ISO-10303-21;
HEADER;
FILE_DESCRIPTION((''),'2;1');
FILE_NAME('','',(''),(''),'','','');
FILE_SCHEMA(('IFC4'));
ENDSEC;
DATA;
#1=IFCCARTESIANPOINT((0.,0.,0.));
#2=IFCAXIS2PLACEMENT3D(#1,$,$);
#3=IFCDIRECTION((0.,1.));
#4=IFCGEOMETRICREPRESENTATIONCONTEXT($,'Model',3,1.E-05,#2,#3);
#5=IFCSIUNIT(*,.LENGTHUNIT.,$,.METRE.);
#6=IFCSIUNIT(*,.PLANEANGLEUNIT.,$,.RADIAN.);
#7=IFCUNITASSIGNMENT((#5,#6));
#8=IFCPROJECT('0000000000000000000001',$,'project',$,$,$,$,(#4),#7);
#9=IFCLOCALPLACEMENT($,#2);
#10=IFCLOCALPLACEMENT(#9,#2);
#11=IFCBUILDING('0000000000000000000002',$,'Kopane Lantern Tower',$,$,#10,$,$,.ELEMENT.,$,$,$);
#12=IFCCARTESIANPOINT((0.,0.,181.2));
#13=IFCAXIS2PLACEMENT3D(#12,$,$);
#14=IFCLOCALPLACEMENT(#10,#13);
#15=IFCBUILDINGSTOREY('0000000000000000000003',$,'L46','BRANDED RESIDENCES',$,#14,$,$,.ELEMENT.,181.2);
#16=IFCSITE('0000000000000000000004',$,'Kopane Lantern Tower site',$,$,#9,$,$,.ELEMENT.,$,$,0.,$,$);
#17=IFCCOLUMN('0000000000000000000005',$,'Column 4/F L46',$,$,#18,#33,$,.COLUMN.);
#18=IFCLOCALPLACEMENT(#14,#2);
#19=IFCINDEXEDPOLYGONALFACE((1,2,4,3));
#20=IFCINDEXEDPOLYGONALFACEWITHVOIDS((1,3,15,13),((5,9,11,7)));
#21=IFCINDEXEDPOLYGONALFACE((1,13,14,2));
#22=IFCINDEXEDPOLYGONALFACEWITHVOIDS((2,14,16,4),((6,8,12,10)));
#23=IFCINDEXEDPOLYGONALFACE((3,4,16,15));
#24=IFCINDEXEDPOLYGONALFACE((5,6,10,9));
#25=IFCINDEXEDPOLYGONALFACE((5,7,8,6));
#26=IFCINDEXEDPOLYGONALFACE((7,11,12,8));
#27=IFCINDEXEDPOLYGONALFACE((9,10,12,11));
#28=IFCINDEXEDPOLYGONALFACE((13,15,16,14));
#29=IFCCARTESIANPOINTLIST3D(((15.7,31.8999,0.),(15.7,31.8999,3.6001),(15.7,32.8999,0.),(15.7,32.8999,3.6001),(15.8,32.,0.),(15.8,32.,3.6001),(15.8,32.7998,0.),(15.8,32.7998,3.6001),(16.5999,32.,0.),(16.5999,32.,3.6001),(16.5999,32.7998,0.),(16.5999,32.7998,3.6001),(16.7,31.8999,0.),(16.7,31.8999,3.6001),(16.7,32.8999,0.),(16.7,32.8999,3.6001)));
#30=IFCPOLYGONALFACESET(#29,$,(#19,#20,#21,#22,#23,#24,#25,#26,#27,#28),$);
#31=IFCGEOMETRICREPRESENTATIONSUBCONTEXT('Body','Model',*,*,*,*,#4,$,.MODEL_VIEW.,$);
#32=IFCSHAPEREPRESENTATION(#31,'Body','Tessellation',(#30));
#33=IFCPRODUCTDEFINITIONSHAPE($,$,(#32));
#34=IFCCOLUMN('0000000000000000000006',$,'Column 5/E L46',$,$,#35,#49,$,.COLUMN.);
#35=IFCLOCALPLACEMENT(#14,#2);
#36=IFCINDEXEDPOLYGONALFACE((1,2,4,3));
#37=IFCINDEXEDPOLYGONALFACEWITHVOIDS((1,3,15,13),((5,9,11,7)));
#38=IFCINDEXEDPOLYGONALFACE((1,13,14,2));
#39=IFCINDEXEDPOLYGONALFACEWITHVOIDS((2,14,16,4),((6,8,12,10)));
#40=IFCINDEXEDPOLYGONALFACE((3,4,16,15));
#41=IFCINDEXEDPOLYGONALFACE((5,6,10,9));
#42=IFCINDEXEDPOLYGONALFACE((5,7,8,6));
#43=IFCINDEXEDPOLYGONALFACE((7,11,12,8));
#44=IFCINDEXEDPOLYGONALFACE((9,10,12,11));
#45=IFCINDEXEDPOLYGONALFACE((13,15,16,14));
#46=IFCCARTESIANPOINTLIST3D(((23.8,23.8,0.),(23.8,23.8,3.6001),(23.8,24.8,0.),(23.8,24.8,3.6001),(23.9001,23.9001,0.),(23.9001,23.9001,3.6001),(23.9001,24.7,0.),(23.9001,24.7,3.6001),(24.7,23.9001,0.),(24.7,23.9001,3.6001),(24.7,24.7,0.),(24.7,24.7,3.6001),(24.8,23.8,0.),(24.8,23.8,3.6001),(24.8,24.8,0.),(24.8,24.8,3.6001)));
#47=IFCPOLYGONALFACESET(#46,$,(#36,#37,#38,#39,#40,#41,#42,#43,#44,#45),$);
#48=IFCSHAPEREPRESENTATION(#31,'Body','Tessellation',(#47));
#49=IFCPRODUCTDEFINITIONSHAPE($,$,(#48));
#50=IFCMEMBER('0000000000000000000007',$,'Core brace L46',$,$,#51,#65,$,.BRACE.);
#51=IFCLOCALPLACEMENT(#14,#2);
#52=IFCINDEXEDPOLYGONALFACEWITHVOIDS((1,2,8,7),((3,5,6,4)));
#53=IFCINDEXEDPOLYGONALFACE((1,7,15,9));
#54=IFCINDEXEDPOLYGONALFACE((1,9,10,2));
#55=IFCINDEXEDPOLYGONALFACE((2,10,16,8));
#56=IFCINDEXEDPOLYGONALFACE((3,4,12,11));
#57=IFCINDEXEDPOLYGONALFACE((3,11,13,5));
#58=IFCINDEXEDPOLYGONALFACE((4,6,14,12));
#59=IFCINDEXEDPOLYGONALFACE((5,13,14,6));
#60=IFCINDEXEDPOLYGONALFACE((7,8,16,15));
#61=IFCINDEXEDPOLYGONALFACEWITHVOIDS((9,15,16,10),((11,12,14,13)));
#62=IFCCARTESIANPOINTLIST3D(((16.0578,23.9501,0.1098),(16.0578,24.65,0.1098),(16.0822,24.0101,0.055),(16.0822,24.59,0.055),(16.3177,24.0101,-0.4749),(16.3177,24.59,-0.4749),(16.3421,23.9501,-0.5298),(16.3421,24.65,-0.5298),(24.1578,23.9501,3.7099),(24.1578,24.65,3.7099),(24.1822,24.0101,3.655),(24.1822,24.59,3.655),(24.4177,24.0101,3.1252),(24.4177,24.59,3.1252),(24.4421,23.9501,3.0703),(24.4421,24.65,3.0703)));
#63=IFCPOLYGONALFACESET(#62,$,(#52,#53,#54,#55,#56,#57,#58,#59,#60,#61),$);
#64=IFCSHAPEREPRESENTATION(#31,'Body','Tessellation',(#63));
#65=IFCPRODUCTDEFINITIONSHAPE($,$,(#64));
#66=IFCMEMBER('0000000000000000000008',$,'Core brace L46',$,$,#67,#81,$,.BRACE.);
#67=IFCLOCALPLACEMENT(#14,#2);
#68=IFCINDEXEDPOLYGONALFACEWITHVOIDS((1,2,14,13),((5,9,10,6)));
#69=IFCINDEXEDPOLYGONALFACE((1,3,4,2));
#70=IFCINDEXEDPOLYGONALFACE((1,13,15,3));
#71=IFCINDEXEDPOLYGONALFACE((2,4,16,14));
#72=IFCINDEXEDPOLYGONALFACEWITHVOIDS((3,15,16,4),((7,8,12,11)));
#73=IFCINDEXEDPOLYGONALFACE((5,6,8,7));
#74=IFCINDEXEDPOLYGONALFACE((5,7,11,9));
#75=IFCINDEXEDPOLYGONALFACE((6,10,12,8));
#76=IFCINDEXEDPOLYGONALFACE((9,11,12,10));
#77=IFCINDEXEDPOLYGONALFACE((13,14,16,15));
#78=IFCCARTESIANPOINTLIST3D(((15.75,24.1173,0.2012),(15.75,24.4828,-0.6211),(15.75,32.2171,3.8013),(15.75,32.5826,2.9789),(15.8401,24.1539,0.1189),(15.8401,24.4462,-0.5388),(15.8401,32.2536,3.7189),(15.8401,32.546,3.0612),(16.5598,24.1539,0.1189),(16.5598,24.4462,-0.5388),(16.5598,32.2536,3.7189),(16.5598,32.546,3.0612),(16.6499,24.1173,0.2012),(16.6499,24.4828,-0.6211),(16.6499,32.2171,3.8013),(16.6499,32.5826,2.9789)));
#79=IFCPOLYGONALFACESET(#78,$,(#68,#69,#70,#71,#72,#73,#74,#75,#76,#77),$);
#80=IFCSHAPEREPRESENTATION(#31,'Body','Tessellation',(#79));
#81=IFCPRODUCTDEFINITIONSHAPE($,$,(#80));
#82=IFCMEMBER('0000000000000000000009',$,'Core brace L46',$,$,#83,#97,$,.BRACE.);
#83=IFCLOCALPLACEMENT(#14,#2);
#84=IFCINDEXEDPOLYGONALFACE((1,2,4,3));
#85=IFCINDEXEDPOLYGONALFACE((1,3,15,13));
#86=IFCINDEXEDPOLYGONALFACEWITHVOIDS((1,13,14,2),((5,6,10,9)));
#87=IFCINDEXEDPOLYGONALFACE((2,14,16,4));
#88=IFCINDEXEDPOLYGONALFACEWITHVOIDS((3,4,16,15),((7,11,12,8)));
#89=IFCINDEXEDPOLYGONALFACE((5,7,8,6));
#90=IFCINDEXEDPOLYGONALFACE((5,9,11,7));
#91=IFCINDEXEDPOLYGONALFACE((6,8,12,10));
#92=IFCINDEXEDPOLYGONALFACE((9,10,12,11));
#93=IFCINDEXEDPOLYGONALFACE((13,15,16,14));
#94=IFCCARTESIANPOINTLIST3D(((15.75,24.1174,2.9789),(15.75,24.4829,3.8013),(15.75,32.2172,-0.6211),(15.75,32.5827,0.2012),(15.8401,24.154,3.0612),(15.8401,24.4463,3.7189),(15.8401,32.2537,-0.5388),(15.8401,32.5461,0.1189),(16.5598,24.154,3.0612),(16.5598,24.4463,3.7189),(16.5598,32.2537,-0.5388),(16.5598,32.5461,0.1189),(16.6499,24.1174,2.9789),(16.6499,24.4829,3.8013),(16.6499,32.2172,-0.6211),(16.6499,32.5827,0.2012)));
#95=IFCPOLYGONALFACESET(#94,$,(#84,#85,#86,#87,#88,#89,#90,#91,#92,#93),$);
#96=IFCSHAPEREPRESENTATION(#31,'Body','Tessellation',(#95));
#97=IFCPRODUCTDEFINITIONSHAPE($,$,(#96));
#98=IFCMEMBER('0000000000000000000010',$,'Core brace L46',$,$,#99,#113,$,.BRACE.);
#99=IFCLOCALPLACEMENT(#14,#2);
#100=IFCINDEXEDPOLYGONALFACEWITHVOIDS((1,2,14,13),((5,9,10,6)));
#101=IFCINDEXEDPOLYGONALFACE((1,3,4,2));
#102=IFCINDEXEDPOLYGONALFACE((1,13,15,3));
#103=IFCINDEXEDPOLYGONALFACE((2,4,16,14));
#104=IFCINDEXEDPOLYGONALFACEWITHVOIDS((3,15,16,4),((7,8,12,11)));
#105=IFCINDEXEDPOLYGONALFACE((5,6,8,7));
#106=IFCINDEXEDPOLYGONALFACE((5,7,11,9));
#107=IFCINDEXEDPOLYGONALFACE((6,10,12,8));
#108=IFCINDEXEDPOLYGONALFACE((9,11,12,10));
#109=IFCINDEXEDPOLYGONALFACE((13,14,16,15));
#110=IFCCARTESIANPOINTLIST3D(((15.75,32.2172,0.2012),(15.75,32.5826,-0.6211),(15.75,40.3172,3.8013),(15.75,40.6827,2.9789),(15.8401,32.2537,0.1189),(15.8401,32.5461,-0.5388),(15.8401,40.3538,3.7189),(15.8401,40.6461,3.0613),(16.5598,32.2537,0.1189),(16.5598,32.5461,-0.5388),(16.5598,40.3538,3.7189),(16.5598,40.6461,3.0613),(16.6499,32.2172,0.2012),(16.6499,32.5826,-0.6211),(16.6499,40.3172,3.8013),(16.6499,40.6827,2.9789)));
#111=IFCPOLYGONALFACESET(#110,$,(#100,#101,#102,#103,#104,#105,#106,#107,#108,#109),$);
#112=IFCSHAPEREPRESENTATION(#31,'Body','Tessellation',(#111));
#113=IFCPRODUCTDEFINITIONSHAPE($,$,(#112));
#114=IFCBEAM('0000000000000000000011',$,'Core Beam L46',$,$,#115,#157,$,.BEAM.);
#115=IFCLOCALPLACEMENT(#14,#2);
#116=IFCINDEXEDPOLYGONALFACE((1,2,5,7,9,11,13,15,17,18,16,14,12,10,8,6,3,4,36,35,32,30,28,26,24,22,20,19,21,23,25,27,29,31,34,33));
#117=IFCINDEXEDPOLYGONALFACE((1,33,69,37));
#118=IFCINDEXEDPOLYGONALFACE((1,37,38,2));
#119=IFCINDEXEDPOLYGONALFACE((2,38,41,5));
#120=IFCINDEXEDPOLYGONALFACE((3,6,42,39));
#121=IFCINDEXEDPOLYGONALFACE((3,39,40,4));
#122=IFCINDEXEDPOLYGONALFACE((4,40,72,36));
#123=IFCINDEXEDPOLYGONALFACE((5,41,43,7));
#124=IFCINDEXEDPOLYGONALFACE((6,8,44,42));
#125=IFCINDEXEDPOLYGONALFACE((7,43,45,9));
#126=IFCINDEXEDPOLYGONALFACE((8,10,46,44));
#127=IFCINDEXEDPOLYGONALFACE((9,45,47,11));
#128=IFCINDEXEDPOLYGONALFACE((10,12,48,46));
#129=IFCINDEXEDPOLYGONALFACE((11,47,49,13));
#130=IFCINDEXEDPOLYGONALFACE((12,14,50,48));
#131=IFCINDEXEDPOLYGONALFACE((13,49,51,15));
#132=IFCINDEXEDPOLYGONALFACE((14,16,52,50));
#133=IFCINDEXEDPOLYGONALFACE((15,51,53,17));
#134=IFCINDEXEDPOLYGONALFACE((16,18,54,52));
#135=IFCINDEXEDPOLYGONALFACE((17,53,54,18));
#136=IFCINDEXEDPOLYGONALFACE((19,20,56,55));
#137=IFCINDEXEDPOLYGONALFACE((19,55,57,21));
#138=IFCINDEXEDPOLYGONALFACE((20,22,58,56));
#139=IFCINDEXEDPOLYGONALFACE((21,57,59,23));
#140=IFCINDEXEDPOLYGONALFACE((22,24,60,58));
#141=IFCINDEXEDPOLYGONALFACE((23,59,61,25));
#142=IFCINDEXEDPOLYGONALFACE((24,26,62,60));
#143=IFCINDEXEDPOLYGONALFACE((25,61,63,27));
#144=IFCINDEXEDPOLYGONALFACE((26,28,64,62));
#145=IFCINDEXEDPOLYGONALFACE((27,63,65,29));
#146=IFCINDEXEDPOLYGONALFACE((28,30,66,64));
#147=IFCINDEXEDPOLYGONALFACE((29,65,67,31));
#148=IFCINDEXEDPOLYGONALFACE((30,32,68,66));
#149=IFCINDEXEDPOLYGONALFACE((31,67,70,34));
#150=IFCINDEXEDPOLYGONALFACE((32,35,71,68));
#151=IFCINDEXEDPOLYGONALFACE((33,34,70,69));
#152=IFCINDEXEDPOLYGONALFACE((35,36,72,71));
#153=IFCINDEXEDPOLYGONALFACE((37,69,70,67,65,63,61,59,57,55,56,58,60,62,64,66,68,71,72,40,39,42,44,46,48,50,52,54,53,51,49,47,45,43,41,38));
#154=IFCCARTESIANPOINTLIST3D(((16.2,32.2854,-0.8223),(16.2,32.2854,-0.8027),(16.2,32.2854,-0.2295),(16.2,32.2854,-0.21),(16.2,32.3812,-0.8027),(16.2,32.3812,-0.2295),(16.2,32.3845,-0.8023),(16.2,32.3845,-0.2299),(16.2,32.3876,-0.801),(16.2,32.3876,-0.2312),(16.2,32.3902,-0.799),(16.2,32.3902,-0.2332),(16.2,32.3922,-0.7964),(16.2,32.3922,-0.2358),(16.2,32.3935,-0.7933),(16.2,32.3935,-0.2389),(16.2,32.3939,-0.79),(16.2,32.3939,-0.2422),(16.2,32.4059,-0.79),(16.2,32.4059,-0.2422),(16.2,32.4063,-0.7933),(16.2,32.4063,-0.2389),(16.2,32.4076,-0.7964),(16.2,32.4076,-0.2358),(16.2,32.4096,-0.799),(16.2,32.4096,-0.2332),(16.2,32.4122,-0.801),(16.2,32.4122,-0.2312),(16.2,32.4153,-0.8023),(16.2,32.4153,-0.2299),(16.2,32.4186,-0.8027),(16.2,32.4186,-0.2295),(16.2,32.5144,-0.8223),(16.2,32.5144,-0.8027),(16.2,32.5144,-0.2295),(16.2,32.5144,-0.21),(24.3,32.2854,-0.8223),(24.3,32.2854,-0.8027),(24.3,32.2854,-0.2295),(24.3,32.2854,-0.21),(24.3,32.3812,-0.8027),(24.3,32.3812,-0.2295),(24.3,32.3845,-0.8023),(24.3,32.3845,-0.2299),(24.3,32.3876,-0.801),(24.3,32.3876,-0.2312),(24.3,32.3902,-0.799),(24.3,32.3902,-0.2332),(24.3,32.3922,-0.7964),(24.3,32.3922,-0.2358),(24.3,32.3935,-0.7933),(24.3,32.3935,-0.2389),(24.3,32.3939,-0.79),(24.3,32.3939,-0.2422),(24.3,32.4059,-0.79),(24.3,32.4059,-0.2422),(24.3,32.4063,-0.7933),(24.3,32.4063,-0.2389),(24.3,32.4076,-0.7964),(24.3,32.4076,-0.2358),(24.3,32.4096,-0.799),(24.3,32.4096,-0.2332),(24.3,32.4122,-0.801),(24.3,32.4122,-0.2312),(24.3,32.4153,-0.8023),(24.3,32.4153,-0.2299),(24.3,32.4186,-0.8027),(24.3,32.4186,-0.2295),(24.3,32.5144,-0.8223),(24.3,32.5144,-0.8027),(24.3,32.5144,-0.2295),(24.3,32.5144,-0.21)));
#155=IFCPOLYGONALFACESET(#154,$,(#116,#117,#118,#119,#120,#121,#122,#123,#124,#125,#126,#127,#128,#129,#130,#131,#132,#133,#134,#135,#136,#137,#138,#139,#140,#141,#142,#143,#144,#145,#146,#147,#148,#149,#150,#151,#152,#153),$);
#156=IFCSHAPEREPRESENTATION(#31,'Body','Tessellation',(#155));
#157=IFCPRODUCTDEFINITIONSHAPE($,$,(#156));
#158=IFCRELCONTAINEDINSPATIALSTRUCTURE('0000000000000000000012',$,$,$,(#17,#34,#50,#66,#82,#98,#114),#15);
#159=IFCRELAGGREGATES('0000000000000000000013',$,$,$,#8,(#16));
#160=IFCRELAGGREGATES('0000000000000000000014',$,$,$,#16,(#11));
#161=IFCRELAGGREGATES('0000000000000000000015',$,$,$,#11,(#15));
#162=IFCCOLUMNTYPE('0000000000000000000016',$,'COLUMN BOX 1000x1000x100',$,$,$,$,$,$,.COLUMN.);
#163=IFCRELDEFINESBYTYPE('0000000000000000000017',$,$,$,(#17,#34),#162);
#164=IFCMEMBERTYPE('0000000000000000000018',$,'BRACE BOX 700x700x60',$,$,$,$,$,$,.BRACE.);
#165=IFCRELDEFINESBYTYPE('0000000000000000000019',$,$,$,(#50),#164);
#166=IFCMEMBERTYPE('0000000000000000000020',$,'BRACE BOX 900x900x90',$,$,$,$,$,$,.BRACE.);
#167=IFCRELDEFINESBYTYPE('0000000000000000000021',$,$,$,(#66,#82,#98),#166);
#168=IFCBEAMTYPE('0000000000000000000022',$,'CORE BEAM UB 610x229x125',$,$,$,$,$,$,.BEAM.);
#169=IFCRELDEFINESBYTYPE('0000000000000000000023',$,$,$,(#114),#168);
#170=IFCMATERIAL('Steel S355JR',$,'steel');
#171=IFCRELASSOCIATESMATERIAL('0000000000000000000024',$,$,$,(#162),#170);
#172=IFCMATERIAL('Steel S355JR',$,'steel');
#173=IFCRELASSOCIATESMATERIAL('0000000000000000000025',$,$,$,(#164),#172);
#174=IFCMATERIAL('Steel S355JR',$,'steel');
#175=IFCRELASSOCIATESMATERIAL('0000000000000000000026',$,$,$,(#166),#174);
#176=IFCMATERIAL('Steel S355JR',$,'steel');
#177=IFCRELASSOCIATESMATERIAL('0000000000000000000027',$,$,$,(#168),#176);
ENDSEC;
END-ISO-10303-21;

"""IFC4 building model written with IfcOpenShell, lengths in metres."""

from ifc_helpers import new_model, si_unit, direction, frame, origin, origin_2d, place, context, subcontext, project, spatial, hollow_rectangle, i_section, extrude, material, material_profile, profile_set, type_object, element, save


model = new_model("IFC4")

# Units and contexts
model_context = context("Model", 3, precision=1e-05, world=origin(), true_north=direction((0.0, 1.0)))
body_context = subcontext(model_context, "Body", "Model", "MODEL_VIEW")
ifc_project = project(units=[si_unit("LENGTHUNIT", "METRE"), si_unit("PLANEANGLEUNIT", "RADIAN")], contexts=[model_context])

# Site, building, storey
site_placement = place(None, origin())
site = spatial("IfcSite", under=ifc_project, at=site_placement, Name="Kopane Lantern Tower site", CompositionType="ELEMENT", RefElevation=0.0)
building_placement = place(site_placement, origin())
building = spatial("IfcBuilding", under=site, at=building_placement, Name="Kopane Lantern Tower", CompositionType="ELEMENT")
storey_placement = place(building_placement, frame((0.0, 0.0, 181.2)))
storey = spatial("IfcBuildingStorey", under=building, at=storey_placement, Name="L46", Description="BRANDED RESIDENCES", CompositionType="ELEMENT", Elevation=181.2)

# Columns
ifc_material_1 = material(Name="Steel S355JR", Category="steel")
ifc_material_profile_1 = material_profile(ifc_material_1, hollow_rectangle(XDim=1.0, YDim=1.0, WallThickness=0.1001, at=origin_2d()), Name="BOX 1000x1000x100")
ifc_profile_set_1 = profile_set([ifc_material_profile_1], Name="Steel S355JR")
column_type = type_object("IfcColumnType", Name="COLUMN BOX 1000x1000x100", PredefinedType="COLUMN", material=ifc_profile_set_1)
for number, where, z_axis, x_axis, name in (
    (1, (16.2, 32.3999, 0.0), (0.0, 0.0, 1.0), (1.0, 0.0, 0.0), "Column 4/F L46"),
    (2, (24.3, 24.3, 0.0), (0.0, 0.0, 1.0), (1.0, 0.0, 0.0), "Column 5/E L46"),
):
    element("IfcColumn", number, at=place(storey_placement, frame(where, z_axis=z_axis, x_axis=x_axis)), inside=storey, type_object=column_type, Name=name, PredefinedType="COLUMN", context=body_context, shape_type="SweptSolid", body=[
        extrude(hollow_rectangle(XDim=1.0, YDim=1.0, WallThickness=0.1001, at=origin_2d()), origin(), (0.0, 0.0, 1.0), 3.6001),
    ])

# Members
ifc_material_2 = material(Name="Steel S355JR", Category="steel")
ifc_material_profile_2 = material_profile(ifc_material_2, hollow_rectangle(XDim=0.7, YDim=0.7, WallThickness=0.0601, at=origin_2d()), Name="BOX 700x700x60")
ifc_profile_set_2 = profile_set([ifc_material_profile_2], Name="Steel S355JR")
member_type_1 = type_object("IfcMemberType", Name="BRACE BOX 700x700x60", PredefinedType="BRACE", material=ifc_profile_set_2)
member_1_placement = place(storey_placement, frame((16.2, 24.3, -0.21), z_axis=(0.913809, 0.0, 0.406144), x_axis=(0.0, 1.0, 0.0)))
element("IfcMember", 3, at=member_1_placement, inside=storey, type_object=member_type_1, Name="Core brace L46", PredefinedType="BRACE", context=body_context, shape_type="SweptSolid", body=[
    extrude(hollow_rectangle(XDim=0.7, YDim=0.7, WallThickness=0.0601, at=origin_2d()), origin(), (0.0, 0.0, 1.0), 8.864),
])
ifc_material_3 = material(Name="Steel S355JR", Category="steel")
ifc_material_profile_3 = material_profile(ifc_material_3, hollow_rectangle(XDim=0.8999, YDim=0.8999, WallThickness=0.0901, at=origin_2d()), Name="BOX 900x900x90")
ifc_profile_set_3 = profile_set([ifc_material_profile_3], Name="Steel S355JR")
member_type_2 = type_object("IfcMemberType", Name="BRACE BOX 900x900x90", PredefinedType="BRACE", material=ifc_profile_set_3)
for number, where, z_axis, x_axis, name in (
    (4, (16.2, 24.3, -0.21), (0.0, 0.913805, 0.406154), (-1.0, 0.0, 0.0), "Core brace L46"),
    (5, (16.2, 32.3999, -0.21), (0.0, -0.913805, 0.406154), (1.0, 0.0, 0.0), "Core brace L46"),
):
    element("IfcMember", number, at=place(storey_placement, frame(where, z_axis=z_axis, x_axis=x_axis)), inside=storey, type_object=member_type_2, Name=name, PredefinedType="BRACE", context=body_context, shape_type="SweptSolid", body=[
        extrude(hollow_rectangle(XDim=0.8999, YDim=0.8999, WallThickness=0.0901, at=origin_2d()), origin(), (0.0, 0.0, 1.0), 8.8638),
    ])
member_2_placement = place(storey_placement, frame((16.2, 32.3999, -0.21), z_axis=(0.0, 0.913809, 0.406144), x_axis=(-1.0, 0.0, 0.0)))
element("IfcMember", 6, at=member_2_placement, inside=storey, type_object=member_type_2, Name="Core brace L46", PredefinedType="BRACE", context=body_context, shape_type="SweptSolid", body=[
    extrude(hollow_rectangle(XDim=0.8999, YDim=0.8999, WallThickness=0.0901, at=origin_2d()), origin(), (0.0, 0.0, 1.0), 8.864),
])

# Beam
ifc_material_4 = material(Name="Steel S355JR", Category="steel")
ifc_material_profile_4 = material_profile(ifc_material_4, i_section(OverallWidth=0.229, OverallDepth=0.6123, WebThickness=0.012, FlangeThickness=0.0195, FilletRadius=0.0127, at=origin_2d()), Name="UB 610x229x125")
ifc_profile_set_4 = profile_set([ifc_material_profile_4], Name="Steel S355JR")
beam_type_1 = type_object("IfcBeamType", Name="CORE BEAM UB 610x229x125", PredefinedType="BEAM", material=ifc_profile_set_4)
beam_1_placement = place(storey_placement, frame((16.2, 32.3999, -0.5161), z_axis=(1.0, 0.0, 0.0), x_axis=(0.0, 1.0, 0.0)))
element("IfcBeam", 7, at=beam_1_placement, inside=storey, type_object=beam_type_1, Name="Core Beam L46", PredefinedType="BEAM", context=body_context, shape_type="SweptSolid", body=[
    extrude(i_section(OverallWidth=0.229, OverallDepth=0.6123, WebThickness=0.012, FlangeThickness=0.0195, FilletRadius=0.0127, at=origin_2d()), origin(), (0.0, 0.0, 1.0), 8.1001),
])

save(model, "model.ifc")
